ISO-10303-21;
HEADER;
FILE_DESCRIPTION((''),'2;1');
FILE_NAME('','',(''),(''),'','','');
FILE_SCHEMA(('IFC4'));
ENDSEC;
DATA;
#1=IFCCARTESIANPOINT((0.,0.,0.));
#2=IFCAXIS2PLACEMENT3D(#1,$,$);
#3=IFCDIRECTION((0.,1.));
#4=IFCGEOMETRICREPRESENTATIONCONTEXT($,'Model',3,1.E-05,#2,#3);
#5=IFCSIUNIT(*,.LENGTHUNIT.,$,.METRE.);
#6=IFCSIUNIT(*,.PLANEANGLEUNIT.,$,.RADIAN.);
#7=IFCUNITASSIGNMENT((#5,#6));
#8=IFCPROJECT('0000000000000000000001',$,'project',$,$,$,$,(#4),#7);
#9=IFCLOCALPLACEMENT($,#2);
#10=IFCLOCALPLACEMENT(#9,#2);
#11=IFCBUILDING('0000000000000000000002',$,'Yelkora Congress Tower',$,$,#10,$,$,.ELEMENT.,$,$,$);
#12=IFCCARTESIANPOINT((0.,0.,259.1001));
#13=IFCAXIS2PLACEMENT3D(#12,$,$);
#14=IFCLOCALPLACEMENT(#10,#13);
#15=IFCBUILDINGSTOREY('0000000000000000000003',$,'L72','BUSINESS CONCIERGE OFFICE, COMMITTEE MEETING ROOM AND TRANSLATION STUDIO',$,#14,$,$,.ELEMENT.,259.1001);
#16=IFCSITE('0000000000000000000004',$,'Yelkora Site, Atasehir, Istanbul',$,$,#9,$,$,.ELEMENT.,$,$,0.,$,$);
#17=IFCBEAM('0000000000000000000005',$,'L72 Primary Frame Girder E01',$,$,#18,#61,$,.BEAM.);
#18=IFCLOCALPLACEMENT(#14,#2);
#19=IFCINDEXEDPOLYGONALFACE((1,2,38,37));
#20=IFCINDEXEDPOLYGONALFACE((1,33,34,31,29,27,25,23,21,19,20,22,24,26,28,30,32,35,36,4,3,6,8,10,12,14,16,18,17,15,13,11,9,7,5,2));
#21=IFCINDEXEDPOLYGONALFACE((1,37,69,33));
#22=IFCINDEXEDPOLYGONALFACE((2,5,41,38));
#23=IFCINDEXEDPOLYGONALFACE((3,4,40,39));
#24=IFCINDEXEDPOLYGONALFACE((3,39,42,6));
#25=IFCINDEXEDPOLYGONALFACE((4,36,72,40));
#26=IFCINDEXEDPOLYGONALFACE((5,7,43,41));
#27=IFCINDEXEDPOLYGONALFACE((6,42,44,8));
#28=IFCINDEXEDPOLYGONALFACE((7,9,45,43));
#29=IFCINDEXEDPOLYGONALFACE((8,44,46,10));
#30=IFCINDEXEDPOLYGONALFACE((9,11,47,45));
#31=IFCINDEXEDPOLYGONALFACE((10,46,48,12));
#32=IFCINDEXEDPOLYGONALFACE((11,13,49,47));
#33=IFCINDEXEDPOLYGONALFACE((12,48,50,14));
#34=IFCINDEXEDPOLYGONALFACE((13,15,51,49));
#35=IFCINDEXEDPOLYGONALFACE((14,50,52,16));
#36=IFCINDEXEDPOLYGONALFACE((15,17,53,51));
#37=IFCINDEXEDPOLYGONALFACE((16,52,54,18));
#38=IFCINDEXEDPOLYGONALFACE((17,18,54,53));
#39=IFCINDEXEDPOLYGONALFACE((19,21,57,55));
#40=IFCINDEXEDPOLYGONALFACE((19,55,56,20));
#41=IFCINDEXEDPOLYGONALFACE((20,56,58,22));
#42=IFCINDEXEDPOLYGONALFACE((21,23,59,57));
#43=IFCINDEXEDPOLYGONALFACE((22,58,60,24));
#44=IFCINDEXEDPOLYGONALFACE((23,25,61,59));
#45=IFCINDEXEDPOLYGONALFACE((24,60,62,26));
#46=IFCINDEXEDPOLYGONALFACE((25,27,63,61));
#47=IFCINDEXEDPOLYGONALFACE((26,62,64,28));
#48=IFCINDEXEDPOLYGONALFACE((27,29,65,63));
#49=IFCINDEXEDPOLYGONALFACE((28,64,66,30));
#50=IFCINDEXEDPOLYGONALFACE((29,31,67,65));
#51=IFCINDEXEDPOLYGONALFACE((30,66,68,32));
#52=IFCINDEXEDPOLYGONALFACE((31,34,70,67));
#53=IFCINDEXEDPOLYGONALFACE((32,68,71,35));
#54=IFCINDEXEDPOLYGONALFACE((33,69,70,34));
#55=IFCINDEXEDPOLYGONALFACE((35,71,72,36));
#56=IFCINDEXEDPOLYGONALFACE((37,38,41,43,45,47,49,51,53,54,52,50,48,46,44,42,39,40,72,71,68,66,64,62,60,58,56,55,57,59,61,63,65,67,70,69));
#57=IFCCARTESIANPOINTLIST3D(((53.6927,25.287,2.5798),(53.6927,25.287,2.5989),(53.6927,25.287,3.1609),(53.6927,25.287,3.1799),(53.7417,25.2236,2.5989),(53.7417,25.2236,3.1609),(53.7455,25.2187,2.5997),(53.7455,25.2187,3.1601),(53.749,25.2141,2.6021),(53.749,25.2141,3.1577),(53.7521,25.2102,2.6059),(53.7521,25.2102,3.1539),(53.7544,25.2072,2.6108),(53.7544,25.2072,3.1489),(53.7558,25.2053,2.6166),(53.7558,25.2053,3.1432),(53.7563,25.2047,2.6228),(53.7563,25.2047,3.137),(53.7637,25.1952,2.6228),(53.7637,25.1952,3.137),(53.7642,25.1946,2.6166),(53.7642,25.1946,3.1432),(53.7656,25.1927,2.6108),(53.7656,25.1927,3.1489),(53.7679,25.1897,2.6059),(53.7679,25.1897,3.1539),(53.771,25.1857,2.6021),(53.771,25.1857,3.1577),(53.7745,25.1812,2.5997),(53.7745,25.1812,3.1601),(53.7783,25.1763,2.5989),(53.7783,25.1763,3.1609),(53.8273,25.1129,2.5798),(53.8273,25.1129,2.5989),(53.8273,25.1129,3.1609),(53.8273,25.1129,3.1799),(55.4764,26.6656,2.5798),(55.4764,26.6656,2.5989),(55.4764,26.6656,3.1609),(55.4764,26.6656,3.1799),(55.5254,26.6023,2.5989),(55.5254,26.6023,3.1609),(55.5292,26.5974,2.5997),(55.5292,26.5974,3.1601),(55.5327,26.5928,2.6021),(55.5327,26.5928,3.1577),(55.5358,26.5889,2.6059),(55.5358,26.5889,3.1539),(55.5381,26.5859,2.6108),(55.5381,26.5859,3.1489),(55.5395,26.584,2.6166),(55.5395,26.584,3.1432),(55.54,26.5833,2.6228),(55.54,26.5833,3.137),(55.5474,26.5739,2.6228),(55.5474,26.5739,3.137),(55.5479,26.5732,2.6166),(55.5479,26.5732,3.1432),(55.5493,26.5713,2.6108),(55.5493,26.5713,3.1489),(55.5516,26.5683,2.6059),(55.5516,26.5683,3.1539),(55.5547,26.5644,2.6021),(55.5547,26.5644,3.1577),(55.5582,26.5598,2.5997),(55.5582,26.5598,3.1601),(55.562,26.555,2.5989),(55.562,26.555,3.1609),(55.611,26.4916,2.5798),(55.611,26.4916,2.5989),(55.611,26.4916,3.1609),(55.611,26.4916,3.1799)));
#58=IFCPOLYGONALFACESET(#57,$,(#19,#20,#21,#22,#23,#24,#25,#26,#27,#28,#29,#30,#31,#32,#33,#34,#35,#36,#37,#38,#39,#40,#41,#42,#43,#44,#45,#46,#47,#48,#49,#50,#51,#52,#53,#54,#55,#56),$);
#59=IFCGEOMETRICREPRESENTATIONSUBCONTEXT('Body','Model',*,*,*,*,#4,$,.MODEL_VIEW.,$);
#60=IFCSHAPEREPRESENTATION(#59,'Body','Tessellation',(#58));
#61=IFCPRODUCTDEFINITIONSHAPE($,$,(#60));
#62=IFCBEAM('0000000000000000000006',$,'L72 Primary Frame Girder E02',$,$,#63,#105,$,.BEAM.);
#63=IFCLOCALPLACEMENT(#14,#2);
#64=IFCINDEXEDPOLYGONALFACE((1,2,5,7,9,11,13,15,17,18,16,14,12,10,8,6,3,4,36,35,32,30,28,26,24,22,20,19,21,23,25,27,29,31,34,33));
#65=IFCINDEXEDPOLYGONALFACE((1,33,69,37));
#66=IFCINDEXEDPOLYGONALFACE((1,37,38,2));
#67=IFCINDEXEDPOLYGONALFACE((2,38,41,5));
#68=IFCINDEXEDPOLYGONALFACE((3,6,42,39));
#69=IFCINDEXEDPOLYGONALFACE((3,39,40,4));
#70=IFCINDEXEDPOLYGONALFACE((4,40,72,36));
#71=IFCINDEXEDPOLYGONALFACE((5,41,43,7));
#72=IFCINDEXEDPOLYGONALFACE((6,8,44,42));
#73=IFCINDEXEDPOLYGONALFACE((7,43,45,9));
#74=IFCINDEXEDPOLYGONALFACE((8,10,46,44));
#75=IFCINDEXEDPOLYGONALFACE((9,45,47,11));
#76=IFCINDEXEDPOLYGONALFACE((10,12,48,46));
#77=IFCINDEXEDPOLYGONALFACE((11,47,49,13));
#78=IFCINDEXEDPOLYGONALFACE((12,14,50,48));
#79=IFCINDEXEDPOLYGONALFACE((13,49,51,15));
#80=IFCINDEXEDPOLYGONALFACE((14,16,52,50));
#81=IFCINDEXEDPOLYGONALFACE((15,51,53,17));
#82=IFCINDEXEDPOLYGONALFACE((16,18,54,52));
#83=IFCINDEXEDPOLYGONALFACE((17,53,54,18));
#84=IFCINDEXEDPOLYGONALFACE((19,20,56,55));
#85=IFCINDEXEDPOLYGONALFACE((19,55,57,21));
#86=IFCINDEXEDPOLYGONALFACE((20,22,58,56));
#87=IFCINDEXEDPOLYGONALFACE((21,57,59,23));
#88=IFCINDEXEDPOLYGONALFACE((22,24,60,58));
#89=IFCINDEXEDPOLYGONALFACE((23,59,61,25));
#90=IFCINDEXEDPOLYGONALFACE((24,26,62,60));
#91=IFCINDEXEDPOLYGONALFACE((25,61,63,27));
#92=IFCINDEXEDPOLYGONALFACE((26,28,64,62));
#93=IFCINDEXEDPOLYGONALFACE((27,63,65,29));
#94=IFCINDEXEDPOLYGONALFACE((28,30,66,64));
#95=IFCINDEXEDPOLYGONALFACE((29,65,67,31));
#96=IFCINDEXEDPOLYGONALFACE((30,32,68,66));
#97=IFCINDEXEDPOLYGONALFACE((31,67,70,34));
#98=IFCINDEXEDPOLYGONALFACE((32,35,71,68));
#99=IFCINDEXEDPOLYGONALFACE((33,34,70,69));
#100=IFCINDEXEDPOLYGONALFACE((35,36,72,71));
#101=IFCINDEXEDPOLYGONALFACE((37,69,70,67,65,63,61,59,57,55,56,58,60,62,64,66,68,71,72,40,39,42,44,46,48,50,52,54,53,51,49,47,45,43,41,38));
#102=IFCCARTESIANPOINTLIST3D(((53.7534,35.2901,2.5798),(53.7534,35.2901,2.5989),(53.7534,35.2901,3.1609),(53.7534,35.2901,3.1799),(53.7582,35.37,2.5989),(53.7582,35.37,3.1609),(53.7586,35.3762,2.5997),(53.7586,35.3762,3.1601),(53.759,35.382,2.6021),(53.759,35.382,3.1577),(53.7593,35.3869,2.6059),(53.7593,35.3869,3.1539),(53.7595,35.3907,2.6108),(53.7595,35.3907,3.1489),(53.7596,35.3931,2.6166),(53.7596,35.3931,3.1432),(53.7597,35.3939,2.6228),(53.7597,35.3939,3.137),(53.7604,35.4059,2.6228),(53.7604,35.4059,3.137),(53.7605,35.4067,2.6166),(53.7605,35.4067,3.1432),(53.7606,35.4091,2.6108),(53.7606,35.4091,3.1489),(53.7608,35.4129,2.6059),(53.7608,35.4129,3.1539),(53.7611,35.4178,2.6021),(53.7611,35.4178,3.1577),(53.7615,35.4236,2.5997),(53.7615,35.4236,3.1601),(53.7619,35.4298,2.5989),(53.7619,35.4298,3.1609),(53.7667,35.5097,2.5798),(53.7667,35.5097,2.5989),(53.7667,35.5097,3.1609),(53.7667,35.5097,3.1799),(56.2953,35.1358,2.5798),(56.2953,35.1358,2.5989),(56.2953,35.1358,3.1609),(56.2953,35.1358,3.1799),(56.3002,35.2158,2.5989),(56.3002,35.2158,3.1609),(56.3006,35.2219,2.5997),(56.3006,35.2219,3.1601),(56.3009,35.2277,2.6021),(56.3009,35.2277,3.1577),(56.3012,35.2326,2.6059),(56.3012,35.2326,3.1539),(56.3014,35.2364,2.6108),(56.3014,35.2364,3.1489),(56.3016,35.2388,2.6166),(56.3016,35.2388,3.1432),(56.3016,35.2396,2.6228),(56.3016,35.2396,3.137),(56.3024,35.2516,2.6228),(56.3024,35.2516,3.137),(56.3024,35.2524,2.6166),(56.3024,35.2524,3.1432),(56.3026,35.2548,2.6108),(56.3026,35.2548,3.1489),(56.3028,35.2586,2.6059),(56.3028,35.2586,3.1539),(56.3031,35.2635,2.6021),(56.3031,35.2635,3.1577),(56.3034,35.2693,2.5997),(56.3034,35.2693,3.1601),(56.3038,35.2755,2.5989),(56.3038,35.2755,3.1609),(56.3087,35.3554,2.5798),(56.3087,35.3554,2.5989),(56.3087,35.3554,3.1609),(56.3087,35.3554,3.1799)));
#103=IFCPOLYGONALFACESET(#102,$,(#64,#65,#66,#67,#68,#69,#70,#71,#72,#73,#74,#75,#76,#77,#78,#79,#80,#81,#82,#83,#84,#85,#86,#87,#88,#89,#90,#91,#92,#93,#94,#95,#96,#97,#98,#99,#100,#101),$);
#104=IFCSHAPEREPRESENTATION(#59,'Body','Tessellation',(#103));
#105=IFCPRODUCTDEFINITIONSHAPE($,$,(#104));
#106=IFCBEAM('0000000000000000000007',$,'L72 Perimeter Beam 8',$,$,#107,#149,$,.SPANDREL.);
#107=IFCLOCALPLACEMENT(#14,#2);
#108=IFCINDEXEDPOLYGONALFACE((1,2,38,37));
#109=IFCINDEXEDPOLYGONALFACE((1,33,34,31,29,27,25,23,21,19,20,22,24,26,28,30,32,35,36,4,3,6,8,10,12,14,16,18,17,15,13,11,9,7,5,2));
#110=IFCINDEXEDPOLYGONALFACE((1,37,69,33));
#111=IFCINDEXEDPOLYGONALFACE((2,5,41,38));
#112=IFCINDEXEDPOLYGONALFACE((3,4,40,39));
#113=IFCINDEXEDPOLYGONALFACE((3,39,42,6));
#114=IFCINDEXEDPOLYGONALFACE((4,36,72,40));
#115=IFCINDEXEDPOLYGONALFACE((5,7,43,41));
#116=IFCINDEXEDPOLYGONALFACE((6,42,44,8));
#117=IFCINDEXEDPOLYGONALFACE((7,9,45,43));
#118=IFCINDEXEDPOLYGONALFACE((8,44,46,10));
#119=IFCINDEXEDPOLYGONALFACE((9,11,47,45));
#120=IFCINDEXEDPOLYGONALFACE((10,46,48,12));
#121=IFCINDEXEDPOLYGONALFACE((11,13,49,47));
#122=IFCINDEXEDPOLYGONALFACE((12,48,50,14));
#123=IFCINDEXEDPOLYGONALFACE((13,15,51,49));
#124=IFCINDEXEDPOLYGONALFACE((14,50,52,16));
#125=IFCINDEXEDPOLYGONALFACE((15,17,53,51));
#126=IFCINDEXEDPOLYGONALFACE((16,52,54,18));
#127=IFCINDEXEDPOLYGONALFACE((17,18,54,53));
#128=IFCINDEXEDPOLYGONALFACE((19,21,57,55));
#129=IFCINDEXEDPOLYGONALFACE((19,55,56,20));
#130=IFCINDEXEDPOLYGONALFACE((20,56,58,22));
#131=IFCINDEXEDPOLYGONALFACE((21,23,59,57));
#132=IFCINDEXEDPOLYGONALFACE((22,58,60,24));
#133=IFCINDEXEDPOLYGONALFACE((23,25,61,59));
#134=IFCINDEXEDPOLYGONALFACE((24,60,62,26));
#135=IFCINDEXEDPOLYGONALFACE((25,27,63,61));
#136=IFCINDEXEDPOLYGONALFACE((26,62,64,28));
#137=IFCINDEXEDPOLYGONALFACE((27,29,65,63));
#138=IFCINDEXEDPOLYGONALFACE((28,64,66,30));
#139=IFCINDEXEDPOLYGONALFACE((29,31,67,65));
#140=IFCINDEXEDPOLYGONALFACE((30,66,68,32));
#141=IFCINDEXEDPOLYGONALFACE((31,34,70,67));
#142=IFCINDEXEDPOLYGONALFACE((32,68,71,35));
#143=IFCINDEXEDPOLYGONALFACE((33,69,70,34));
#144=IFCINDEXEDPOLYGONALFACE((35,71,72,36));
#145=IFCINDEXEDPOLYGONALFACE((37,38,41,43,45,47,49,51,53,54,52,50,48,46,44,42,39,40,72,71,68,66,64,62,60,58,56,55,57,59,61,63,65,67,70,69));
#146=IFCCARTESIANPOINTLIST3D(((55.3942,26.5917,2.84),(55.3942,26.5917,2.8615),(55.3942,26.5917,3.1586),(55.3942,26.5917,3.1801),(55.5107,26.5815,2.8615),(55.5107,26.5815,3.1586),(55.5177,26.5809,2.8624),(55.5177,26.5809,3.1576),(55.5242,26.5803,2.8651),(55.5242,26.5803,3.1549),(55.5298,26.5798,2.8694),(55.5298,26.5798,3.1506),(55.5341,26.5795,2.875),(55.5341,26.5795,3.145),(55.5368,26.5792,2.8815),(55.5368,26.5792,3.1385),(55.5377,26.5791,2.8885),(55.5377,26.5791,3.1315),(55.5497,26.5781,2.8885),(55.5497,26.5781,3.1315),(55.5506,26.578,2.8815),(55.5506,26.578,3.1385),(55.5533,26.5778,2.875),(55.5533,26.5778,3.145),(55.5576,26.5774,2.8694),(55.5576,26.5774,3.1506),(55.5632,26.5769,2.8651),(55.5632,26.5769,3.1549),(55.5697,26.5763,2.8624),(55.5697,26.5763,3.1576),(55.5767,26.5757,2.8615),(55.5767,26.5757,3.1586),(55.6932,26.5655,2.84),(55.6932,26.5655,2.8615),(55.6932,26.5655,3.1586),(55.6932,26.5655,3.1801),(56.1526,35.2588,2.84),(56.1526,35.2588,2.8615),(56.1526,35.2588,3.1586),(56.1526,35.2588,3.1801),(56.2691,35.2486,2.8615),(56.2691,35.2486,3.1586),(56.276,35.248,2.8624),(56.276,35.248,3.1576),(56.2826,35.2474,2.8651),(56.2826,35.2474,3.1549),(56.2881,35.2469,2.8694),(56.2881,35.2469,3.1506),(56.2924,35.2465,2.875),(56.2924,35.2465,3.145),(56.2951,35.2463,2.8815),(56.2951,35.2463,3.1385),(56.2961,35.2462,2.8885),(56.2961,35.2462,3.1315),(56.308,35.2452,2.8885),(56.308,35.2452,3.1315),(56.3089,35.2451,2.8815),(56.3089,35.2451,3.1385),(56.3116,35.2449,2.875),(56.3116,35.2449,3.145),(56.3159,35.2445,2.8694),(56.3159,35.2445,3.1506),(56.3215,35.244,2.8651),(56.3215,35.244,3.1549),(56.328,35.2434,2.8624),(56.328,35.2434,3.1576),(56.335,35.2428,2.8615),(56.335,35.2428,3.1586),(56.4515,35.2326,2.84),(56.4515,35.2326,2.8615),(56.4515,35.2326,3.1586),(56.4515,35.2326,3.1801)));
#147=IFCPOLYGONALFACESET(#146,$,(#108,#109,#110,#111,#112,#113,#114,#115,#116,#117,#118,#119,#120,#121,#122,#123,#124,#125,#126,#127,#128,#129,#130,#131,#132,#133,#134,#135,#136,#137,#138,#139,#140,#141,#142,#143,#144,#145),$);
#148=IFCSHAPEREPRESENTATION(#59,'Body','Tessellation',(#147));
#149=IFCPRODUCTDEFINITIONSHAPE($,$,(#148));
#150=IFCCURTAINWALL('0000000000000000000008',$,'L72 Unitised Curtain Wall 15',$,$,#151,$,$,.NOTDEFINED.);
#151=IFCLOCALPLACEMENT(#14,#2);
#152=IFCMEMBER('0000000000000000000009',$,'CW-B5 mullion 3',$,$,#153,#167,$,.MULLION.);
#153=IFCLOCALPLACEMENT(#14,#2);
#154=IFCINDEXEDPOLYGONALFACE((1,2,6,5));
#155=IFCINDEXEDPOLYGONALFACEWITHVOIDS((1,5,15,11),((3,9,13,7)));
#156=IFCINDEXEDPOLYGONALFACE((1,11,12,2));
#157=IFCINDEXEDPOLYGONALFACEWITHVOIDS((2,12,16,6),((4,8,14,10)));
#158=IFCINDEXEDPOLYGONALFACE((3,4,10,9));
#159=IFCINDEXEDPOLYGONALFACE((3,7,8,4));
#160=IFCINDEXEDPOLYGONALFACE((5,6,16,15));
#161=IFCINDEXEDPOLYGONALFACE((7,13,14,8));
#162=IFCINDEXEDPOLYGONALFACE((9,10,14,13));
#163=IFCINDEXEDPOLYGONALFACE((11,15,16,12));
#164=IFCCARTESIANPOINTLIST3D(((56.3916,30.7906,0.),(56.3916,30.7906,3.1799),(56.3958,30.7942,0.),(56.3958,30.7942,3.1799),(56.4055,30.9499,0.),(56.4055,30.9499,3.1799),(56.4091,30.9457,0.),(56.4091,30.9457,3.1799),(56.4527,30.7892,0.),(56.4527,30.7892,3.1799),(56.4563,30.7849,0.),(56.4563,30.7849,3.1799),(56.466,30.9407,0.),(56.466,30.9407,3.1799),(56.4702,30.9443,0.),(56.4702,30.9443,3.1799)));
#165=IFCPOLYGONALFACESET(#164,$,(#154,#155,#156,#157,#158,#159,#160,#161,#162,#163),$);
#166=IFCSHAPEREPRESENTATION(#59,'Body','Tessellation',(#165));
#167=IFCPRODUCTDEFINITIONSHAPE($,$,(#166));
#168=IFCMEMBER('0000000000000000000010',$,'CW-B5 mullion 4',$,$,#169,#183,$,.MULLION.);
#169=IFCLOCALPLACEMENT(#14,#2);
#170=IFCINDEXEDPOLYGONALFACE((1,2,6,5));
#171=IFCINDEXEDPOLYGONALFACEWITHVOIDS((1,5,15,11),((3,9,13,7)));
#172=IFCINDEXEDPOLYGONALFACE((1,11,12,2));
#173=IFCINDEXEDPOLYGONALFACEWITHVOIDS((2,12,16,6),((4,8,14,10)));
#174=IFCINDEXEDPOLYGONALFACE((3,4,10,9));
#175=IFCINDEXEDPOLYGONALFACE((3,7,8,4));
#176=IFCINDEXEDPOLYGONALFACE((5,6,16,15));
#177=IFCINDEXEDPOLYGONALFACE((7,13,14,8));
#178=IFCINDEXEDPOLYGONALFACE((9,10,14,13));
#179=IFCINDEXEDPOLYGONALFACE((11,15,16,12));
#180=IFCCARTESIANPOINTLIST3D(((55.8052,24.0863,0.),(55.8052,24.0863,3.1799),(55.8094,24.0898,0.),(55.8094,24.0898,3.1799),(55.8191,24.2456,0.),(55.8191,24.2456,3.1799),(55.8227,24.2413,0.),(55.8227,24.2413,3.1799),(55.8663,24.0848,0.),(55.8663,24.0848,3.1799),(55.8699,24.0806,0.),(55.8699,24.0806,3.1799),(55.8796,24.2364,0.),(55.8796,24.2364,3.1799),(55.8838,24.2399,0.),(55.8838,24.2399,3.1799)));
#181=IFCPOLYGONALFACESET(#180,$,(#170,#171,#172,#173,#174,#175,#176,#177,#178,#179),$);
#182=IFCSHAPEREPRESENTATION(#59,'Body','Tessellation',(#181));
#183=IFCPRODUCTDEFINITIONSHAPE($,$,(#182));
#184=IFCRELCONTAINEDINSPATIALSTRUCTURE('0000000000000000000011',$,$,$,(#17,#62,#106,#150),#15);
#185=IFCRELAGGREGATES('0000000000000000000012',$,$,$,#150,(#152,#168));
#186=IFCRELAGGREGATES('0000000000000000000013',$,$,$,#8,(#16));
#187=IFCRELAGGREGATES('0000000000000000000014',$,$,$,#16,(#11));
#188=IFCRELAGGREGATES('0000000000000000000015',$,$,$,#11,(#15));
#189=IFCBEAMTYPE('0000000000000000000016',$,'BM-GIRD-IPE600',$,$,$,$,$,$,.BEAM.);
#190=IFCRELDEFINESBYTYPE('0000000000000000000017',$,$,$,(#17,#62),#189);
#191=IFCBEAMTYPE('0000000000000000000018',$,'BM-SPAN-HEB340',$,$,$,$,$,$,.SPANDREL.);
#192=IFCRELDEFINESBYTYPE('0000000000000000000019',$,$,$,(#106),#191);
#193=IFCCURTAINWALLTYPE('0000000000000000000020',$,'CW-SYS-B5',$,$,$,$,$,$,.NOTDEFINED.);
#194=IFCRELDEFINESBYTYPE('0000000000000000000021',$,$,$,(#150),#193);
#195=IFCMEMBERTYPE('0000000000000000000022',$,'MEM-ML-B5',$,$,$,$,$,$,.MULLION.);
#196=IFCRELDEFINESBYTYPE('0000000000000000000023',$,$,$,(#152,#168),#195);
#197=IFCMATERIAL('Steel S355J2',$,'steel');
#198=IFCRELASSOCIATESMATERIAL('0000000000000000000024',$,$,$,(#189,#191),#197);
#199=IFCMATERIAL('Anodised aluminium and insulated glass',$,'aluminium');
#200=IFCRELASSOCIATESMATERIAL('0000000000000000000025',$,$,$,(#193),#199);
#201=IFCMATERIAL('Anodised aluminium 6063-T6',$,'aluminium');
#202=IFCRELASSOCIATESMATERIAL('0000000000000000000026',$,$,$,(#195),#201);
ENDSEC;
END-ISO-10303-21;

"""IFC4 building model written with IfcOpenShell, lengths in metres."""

from ifc_helpers import new_model, si_unit, direction, frame, origin, origin_2d, place, context, subcontext, project, spatial, hollow_rectangle, i_section, extrude, material, material_profile, profile_set, type_object, element, aggregate, save


model = new_model("IFC4")

# Units and contexts
model_context = context("Model", 3, precision=1e-05, world=origin(), true_north=direction((0.0, 1.0)))
body_context = subcontext(model_context, "Body", "Model", "MODEL_VIEW")
ifc_project = project(units=[si_unit("LENGTHUNIT", "METRE"), si_unit("PLANEANGLEUNIT", "RADIAN")], contexts=[model_context])

# Site, building, storey
site_placement = place(None, origin())
site = spatial("IfcSite", under=ifc_project, at=site_placement, Name="Yelkora Site, Atasehir, Istanbul", CompositionType="ELEMENT", RefElevation=0.0)
building_placement = place(site_placement, origin())
building = spatial("IfcBuilding", under=site, at=building_placement, Name="Yelkora Congress Tower", CompositionType="ELEMENT")
storey_placement = place(building_placement, frame((0.0, 0.0, 259.1001)))
storey = spatial("IfcBuildingStorey", under=building, at=storey_placement, Name="L72", Description="BUSINESS CONCIERGE OFFICE, COMMITTEE MEETING ROOM AND TRANSLATION STUDIO", CompositionType="ELEMENT", Elevation=259.1001)

# Shared definitions
ifc_material_1 = material(Name="Steel S355J2", Category="steel")

# Beams
ifc_material_profile_1 = material_profile(ifc_material_1, i_section(OverallWidth=0.22, OverallDepth=0.6001, WebThickness=0.012, FlangeThickness=0.019, FilletRadius=0.0239, at=origin_2d()), Name="IPE 600")
ifc_profile_set_1 = profile_set([ifc_material_profile_1], Name="Steel S355J2")
beam_type_1 = type_object("IfcBeamType", Name="BM-GIRD-IPE600", PredefinedType="BEAM", material=ifc_profile_set_1)
beam_1_placement = place(storey_placement, frame((55.5437, 26.5786, 2.8799), z_axis=(-0.791209, -0.611546, 0.0), x_axis=(0.611546, -0.791209, 0.0)))
element("IfcBeam", 1, at=beam_1_placement, inside=storey, type_object=beam_type_1, Name="L72 Primary Frame Girder E01", PredefinedType="BEAM", context=body_context, shape_type="SweptSolid", body=[
    extrude(i_section(OverallWidth=0.22, OverallDepth=0.6001, WebThickness=0.012, FlangeThickness=0.019, FilletRadius=0.0239, at=origin_2d()), origin(), (0.0, 0.0, 1.0), 2.2544),
])
beam_2_placement = place(storey_placement, frame((56.302, 35.2456, 2.8799), z_axis=(-0.998163, 0.060588, 0.0), x_axis=(-0.060588, -0.998163, 0.0)))
element("IfcBeam", 2, at=beam_2_placement, inside=storey, type_object=beam_type_1, Name="L72 Primary Frame Girder E02", PredefinedType="BEAM", context=body_context, shape_type="SweptSolid", body=[
    extrude(i_section(OverallWidth=0.22, OverallDepth=0.6001, WebThickness=0.012, FlangeThickness=0.019, FilletRadius=0.0239, at=origin_2d()), origin(), (0.0, 0.0, 1.0), 2.5466),
])
ifc_material_profile_2 = material_profile(ifc_material_1, i_section(OverallWidth=0.3, OverallDepth=0.3401, WebThickness=0.012, FlangeThickness=0.0215, FilletRadius=0.0271, at=origin_2d()), Name="HEB 340")
ifc_profile_set_2 = profile_set([ifc_material_profile_2], Name="Steel S355J2")
beam_type_2 = type_object("IfcBeamType", Name="BM-SPAN-HEB340", PredefinedType="SPANDREL", material=ifc_profile_set_2)
beam_3_placement = place(storey_placement, frame((55.5437, 26.5786, 3.01), z_axis=(0.08716, 0.996194, 0.0), x_axis=(-0.996194, 0.08716, 0.0)))
element("IfcBeam", 3, at=beam_3_placement, inside=storey, type_object=beam_type_2, Name="L72 Perimeter Beam 8", PredefinedType="SPANDREL", context=body_context, shape_type="SweptSolid", body=[
    extrude(i_section(OverallWidth=0.3, OverallDepth=0.3401, WebThickness=0.012, FlangeThickness=0.0215, FilletRadius=0.0271, at=origin_2d()), origin(), (0.0, 0.0, 1.0), 8.7002),
])

# Curtain wall, members
ifc_material_2 = material(Name="Anodised aluminium and insulated glass", Category="aluminium")
curtain_wall_type = type_object("IfcCurtainWallType", Name="CW-SYS-B5", PredefinedType="NOTDEFINED", material=ifc_material_2)
curtain_wall_placement = place(storey_placement, origin())
curtain_wall = element("IfcCurtainWall", 4, at=curtain_wall_placement, inside=storey, type_object=curtain_wall_type, Name="L72 Unitised Curtain Wall 15", PredefinedType="NOTDEFINED")
ifc_material_3 = material(Name="Anodised aluminium 6063-T6", Category="aluminium")
ifc_material_profile_3 = material_profile(ifc_material_3, hollow_rectangle(XDim=0.0649, YDim=0.1599, WallThickness=0.0039, at=origin_2d()), Name="ALU 65x160x4")
ifc_profile_set_3 = profile_set([ifc_material_profile_3], Name="Anodised aluminium 6063-T6")
member_type_1 = type_object("IfcMemberType", Name="MEM-ML-B5", PredefinedType="MULLION", material=ifc_profile_set_3)
member_1_placement = place(storey_placement, frame((56.4309, 30.8674, 0.0), z_axis=(0.0, 0.0, 1.0), x_axis=(0.996194, -0.087158, 0.0)))
member_1 = element("IfcMember", 5, at=member_1_placement, type_object=member_type_1, Name="CW-B5 mullion 3", PredefinedType="MULLION", context=body_context, shape_type="SweptSolid", body=[
    extrude(hollow_rectangle(XDim=0.0649, YDim=0.1599, WallThickness=0.0039, at=origin_2d()), origin(), (0.0, 0.0, 1.0), 3.1799),
])
member_2_placement = place(storey_placement, frame((55.8445, 24.1631, 0.0), z_axis=(0.0, 0.0, 1.0), x_axis=(0.996194, -0.087158, 0.0)))
member_2 = element("IfcMember", 6, at=member_2_placement, type_object=member_type_1, Name="CW-B5 mullion 4", PredefinedType="MULLION", context=body_context, shape_type="SweptSolid", body=[
    extrude(hollow_rectangle(XDim=0.0649, YDim=0.1599, WallThickness=0.0039, at=origin_2d()), origin(), (0.0, 0.0, 1.0), 3.1799),
])
aggregate(curtain_wall, [member_1, member_2])

save(model, "model.ifc")
